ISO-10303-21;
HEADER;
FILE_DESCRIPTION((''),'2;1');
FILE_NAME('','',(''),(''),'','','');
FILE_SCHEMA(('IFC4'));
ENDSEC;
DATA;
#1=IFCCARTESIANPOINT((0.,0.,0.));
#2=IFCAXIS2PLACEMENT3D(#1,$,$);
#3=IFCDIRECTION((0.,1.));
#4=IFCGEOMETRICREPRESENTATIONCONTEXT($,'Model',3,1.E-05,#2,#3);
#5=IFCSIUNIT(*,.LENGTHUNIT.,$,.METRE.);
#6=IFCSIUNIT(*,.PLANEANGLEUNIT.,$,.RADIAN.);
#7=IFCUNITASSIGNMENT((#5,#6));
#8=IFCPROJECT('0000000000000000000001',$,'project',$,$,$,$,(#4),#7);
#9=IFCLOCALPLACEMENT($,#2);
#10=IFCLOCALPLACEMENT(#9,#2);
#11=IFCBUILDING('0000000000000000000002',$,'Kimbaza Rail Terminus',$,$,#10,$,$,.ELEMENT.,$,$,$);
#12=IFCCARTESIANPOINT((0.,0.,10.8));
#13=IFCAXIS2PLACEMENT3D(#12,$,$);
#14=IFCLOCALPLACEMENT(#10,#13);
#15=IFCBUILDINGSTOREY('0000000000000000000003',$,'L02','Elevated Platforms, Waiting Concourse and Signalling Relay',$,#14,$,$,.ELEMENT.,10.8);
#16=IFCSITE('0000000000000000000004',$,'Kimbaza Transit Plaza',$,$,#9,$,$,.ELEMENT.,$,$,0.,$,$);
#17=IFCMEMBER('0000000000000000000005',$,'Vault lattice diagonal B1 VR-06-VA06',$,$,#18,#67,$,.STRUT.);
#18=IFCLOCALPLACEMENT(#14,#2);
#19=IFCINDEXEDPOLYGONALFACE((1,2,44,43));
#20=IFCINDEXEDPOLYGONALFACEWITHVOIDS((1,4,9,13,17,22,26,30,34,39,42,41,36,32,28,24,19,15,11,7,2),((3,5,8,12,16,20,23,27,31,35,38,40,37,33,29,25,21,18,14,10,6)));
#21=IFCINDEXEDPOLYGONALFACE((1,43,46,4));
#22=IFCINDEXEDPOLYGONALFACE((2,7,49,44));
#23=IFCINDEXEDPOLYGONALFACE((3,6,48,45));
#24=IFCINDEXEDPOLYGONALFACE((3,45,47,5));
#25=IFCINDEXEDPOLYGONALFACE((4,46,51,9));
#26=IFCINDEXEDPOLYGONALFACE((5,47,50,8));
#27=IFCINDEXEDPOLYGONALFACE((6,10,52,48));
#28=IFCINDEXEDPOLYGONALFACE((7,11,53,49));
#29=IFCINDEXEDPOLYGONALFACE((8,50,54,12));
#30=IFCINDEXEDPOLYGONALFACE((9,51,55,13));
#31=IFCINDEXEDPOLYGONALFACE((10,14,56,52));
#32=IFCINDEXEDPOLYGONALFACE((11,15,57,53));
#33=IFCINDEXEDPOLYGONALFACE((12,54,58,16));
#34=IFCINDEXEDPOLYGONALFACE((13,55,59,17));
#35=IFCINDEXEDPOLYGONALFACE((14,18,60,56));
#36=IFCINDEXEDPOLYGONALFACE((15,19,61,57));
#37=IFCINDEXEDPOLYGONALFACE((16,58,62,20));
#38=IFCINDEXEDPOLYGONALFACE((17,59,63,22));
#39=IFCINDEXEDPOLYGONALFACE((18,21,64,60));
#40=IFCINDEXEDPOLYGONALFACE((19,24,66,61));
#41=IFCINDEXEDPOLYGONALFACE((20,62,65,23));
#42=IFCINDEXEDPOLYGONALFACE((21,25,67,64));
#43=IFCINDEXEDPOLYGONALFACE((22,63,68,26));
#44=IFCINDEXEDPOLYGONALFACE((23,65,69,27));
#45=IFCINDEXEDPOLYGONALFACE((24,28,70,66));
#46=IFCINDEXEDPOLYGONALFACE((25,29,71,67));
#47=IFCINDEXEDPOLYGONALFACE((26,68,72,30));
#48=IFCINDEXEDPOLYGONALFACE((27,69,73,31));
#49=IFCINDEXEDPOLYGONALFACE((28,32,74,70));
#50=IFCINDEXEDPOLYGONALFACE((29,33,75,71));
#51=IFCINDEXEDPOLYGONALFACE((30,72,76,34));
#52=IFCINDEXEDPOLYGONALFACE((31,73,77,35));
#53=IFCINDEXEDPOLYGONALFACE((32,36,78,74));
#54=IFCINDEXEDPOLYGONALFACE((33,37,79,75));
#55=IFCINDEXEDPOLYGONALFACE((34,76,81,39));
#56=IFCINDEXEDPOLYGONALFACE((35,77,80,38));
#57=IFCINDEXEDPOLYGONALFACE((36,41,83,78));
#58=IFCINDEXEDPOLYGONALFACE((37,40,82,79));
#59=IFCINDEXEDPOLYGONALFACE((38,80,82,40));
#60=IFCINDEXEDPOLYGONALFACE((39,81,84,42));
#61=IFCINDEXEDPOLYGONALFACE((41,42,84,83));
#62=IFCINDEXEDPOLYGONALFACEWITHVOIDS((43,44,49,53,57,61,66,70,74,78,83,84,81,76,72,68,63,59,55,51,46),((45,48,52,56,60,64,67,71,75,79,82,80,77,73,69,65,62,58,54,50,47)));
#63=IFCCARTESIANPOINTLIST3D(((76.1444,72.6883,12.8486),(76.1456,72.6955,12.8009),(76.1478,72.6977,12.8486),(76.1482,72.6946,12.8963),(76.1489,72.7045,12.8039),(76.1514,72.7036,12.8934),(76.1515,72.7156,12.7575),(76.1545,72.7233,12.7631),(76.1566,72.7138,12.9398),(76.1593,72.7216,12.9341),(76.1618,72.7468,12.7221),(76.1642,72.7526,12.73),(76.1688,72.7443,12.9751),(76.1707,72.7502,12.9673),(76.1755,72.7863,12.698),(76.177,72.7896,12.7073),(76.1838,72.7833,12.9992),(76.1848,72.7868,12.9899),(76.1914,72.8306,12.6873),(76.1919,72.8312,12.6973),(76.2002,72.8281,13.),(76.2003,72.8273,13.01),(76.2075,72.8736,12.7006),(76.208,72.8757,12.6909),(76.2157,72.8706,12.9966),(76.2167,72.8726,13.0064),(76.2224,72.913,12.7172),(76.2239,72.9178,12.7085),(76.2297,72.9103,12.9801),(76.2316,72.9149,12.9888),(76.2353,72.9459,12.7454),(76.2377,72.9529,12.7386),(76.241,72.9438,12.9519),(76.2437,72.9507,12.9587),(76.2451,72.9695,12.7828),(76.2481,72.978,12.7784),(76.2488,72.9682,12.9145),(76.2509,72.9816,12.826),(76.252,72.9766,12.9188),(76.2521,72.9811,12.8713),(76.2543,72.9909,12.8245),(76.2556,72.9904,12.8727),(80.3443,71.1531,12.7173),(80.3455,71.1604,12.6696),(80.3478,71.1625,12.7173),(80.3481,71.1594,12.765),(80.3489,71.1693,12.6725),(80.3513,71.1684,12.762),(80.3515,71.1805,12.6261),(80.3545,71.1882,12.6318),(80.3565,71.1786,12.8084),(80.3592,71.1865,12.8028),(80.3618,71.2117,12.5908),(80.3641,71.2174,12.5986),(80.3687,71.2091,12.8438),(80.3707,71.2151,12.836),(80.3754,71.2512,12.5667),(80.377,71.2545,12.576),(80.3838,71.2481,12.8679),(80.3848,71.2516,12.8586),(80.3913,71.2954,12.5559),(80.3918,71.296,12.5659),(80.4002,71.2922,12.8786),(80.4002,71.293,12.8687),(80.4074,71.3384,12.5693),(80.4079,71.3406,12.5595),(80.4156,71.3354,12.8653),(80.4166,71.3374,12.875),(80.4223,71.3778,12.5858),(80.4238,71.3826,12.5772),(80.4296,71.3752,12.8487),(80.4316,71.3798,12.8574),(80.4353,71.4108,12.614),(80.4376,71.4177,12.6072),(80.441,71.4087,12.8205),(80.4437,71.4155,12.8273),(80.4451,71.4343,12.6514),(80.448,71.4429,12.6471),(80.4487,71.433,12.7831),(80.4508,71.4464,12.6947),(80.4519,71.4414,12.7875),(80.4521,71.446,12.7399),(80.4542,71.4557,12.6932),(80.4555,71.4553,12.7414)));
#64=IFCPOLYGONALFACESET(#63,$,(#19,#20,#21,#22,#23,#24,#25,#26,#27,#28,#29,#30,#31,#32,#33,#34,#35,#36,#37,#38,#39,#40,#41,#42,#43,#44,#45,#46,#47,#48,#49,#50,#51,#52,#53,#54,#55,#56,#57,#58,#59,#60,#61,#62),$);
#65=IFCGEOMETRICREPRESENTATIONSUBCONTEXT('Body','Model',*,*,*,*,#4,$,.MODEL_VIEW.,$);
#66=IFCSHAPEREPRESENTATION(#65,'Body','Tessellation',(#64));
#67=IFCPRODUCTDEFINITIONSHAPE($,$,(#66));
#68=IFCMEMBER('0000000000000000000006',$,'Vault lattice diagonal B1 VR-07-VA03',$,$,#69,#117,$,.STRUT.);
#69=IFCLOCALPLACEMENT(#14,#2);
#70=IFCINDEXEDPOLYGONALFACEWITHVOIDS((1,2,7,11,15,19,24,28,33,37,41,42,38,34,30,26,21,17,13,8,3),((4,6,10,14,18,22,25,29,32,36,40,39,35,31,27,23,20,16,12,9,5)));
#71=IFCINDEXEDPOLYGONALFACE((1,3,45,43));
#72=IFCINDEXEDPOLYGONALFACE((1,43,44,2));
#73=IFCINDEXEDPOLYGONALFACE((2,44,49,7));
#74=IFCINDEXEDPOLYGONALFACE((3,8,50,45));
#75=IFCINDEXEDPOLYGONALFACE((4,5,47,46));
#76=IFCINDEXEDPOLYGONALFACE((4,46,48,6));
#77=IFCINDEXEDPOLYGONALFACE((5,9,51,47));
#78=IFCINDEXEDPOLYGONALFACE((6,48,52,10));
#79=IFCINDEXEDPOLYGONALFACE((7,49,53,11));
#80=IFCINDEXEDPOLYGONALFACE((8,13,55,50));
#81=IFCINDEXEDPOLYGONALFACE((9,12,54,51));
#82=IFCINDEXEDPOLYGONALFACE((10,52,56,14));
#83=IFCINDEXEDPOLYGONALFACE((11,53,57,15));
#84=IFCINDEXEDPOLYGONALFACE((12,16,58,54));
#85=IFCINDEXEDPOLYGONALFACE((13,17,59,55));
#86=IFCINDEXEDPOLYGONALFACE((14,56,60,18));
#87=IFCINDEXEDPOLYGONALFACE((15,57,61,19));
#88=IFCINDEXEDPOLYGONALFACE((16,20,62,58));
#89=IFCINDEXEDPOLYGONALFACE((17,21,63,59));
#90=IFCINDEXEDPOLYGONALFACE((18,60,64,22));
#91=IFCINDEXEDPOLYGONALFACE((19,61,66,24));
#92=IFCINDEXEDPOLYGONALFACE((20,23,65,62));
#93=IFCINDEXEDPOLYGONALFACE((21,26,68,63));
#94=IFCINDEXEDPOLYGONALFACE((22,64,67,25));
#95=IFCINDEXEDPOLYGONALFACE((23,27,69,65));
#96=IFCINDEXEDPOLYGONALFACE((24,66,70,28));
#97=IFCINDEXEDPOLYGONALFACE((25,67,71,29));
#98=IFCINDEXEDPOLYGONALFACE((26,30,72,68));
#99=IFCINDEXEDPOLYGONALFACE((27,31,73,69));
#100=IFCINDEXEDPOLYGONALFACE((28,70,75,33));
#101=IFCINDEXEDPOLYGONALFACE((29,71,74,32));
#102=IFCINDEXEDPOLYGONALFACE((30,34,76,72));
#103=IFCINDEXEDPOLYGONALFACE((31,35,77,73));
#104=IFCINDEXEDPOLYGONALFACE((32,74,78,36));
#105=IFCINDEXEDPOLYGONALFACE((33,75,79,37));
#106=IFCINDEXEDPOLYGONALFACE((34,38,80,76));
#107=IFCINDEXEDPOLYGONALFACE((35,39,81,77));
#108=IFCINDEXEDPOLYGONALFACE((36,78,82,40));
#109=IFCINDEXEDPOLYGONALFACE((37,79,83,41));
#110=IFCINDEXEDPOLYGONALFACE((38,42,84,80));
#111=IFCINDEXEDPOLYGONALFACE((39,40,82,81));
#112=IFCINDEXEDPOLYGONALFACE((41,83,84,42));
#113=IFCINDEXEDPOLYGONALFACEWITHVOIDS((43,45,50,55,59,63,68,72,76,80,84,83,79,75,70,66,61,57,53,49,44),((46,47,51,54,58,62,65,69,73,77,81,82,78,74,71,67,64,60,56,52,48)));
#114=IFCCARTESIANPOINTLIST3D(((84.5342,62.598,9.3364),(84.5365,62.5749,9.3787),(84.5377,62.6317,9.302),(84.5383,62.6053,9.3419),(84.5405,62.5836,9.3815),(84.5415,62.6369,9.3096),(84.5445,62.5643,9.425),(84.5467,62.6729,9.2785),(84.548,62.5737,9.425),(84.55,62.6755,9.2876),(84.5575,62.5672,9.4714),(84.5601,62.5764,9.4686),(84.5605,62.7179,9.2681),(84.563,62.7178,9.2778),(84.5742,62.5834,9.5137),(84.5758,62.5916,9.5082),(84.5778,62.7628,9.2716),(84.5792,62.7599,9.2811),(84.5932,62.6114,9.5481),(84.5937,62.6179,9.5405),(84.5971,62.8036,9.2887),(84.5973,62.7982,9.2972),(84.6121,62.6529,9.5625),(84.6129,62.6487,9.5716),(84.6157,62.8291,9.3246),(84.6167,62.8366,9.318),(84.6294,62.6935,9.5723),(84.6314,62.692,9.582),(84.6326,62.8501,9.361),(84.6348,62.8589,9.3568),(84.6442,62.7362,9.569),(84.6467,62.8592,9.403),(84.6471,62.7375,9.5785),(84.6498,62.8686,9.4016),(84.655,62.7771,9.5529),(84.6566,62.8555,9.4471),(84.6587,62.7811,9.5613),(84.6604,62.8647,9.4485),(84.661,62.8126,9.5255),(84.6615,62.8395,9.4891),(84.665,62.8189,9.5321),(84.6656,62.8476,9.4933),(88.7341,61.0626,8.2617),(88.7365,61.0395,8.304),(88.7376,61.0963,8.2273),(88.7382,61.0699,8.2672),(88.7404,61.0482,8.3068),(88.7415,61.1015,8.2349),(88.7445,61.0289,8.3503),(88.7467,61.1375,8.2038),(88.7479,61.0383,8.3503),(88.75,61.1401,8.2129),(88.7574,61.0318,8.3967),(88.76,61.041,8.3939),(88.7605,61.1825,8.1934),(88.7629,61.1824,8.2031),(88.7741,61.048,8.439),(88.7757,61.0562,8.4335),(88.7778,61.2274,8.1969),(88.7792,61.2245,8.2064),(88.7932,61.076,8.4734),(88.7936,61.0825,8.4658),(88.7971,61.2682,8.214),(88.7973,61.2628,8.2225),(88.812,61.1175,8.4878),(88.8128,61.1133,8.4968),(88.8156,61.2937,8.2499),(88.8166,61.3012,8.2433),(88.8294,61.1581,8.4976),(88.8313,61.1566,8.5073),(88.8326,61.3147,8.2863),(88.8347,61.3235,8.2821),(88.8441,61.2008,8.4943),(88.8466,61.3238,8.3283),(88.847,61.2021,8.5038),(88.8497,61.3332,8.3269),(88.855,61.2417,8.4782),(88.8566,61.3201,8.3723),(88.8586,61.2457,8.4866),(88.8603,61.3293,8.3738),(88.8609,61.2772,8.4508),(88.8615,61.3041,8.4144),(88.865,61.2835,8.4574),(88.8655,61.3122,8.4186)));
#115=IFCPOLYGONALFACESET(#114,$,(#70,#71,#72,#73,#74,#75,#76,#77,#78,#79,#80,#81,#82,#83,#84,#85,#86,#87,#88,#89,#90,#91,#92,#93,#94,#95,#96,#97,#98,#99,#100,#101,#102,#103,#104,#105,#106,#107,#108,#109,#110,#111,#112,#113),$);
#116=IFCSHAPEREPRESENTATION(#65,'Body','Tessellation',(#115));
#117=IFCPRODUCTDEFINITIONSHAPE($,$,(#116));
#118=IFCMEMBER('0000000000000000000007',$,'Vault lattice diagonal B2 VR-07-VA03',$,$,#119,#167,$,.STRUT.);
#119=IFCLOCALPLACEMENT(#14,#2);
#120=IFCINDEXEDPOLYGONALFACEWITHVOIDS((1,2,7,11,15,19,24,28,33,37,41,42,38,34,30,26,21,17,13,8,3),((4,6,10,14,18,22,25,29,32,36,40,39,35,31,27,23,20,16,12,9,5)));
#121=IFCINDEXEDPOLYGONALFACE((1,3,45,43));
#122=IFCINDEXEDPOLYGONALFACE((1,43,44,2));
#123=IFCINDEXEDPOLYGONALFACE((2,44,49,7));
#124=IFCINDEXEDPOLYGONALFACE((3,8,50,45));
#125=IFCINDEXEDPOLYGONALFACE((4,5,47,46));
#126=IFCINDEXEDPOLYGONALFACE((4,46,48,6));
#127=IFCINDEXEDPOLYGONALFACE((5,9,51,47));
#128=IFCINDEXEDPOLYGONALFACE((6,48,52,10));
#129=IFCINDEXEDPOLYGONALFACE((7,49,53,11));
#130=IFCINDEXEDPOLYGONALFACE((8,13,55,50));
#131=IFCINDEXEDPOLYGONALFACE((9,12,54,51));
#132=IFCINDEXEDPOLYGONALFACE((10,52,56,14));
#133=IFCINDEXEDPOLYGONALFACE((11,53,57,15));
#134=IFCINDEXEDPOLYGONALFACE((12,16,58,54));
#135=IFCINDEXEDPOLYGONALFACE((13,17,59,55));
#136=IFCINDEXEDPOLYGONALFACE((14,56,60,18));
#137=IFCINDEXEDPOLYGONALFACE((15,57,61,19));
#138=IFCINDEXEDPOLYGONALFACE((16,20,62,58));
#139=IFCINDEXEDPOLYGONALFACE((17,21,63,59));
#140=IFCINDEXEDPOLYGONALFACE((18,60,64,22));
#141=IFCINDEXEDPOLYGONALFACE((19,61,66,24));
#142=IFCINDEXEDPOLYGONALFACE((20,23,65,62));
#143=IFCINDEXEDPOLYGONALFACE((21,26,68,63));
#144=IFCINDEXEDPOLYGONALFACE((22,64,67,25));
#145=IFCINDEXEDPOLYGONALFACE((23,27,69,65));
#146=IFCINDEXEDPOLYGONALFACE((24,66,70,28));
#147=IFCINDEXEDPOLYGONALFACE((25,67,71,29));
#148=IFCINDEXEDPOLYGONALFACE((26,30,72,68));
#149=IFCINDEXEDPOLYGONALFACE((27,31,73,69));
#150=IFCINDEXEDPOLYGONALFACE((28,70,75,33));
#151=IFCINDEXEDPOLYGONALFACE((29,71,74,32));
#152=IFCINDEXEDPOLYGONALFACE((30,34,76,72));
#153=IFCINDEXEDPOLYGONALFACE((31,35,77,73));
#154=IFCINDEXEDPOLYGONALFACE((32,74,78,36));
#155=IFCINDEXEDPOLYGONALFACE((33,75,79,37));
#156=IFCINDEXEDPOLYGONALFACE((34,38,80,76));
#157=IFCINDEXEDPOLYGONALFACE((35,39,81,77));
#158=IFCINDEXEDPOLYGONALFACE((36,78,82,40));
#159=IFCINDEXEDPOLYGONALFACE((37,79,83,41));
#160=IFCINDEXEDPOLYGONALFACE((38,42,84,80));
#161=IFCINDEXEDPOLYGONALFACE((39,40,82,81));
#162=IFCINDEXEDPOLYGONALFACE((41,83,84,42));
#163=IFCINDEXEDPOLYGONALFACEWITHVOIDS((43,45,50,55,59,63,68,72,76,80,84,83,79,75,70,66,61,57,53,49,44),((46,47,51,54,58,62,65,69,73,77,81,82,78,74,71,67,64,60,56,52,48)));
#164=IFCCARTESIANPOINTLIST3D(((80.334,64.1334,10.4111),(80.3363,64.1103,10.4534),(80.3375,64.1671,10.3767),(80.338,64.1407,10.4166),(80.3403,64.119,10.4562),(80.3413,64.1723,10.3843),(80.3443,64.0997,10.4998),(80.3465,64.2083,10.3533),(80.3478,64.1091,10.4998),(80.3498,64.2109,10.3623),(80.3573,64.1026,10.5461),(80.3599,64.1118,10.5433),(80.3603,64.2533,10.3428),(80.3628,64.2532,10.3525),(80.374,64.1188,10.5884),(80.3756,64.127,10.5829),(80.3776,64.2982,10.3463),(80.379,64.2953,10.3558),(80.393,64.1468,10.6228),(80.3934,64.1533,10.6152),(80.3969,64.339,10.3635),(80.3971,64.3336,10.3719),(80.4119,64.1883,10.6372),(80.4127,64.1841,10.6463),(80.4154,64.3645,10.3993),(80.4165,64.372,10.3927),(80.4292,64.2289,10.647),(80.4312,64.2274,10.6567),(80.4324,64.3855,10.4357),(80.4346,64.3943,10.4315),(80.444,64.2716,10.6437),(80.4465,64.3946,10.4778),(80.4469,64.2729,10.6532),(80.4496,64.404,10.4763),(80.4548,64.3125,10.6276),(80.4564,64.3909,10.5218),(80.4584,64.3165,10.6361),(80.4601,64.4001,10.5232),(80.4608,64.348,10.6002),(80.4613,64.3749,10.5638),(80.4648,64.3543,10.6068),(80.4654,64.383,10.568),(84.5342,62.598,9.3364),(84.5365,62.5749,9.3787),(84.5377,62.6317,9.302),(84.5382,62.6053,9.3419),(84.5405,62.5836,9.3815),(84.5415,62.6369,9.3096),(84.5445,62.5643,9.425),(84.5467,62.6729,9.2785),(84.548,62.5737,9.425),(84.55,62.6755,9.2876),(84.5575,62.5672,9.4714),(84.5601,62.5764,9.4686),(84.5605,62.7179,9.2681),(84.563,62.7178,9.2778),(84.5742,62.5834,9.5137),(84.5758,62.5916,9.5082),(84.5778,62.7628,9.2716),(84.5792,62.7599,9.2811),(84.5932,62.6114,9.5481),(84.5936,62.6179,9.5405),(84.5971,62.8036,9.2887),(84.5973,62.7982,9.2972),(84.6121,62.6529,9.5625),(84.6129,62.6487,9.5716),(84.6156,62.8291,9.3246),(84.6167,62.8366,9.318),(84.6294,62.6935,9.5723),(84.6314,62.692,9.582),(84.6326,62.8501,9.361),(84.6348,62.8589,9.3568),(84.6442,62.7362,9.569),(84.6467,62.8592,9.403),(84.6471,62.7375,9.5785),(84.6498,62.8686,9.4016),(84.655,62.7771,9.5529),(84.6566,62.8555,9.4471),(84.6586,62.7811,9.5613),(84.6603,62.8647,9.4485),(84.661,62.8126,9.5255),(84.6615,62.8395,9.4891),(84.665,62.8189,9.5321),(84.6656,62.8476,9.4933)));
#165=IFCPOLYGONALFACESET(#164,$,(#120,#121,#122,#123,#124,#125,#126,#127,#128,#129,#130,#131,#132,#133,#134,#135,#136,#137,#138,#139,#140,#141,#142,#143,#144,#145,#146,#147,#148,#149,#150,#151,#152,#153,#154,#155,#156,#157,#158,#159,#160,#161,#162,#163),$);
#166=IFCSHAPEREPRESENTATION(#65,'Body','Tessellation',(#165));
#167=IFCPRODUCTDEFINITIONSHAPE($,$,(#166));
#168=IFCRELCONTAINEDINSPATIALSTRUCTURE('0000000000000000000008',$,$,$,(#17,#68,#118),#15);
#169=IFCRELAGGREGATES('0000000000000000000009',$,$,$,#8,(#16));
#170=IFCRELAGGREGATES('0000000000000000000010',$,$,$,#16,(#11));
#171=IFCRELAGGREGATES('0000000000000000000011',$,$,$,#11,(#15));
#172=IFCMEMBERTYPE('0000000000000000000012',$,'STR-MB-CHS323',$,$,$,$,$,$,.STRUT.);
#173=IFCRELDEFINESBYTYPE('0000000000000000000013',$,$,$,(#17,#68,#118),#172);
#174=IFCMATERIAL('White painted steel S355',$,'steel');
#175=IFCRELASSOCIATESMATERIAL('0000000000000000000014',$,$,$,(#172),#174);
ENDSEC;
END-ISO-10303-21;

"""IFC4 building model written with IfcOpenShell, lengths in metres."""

from ifc_helpers import new_model, si_unit, direction, frame, origin, origin_2d, place, context, subcontext, project, spatial, hollow_circle, extrude, material, material_profile, profile_set, type_object, element, save


model = new_model("IFC4")

# Units and contexts
model_context = context("Model", 3, precision=1e-05, world=origin(), true_north=direction((0.0, 1.0)))
body_context = subcontext(model_context, "Body", "Model", "MODEL_VIEW")
ifc_project = project(units=[si_unit("LENGTHUNIT", "METRE"), si_unit("PLANEANGLEUNIT", "RADIAN")], contexts=[model_context])

# Site, building, storey
site_placement = place(None, origin())
site = spatial("IfcSite", under=ifc_project, at=site_placement, Name="Kimbaza Transit Plaza", CompositionType="ELEMENT", RefElevation=0.0)
building_placement = place(site_placement, origin())
building = spatial("IfcBuilding", under=site, at=building_placement, Name="Kimbaza Rail Terminus", CompositionType="ELEMENT")
storey_placement = place(building_placement, frame((0.0, 0.0, 10.8)))
storey = spatial("IfcBuildingStorey", under=building, at=storey_placement, Name="L02", Description="Elevated Platforms, Waiting Concourse and Signalling Relay", CompositionType="ELEMENT", Elevation=10.8)

# Members
ifc_material_1 = material(Name="White painted steel S355", Category="steel")
ifc_material_profile_1 = material_profile(ifc_material_1, hollow_circle(Radius=0.1619, WallThickness=0.01, at=origin_2d()), Name="CHS 323.9x10")
ifc_profile_set_1 = profile_set([ifc_material_profile_1], Name="White painted steel S355")
member_type_1 = type_object("IfcMemberType", Name="STR-MB-CHS323", PredefinedType="STRUT", material=ifc_profile_set_1)
member_1_placement = place(storey_placement, frame((80.3999, 71.3052, 12.7173), z_axis=(-0.93882, 0.343155, 0.02936), x_axis=(-0.343303, -0.939225, 0.0)))
element("IfcMember", 1, at=member_1_placement, inside=storey, type_object=member_type_1, Name="Vault lattice diagonal B1 VR-06-VA06", PredefinedType="STRUT", context=body_context, shape_type="SweptSolid", body=[
    extrude(hollow_circle(Radius=0.1619, WallThickness=0.01, at=origin_2d()), origin(), (0.0, 0.0, 1.0), 4.4736),
])
member_2_placement = place(storey_placement, frame((88.8, 61.1809, 8.3503), z_axis=(-0.913205, 0.333845, 0.233676), x_axis=(-0.343351, -0.939207, 0.0)))
element("IfcMember", 2, at=member_2_placement, inside=storey, type_object=member_type_1, Name="Vault lattice diagonal B1 VR-07-VA03", PredefinedType="STRUT", context=body_context, shape_type="SweptSolid", body=[
    extrude(hollow_circle(Radius=0.1619, WallThickness=0.01, at=origin_2d()), origin(), (0.0, 0.0, 1.0), 4.5991),
])
member_3_placement = place(storey_placement, frame((84.6001, 62.7163, 9.425), z_axis=(-0.913213, 0.333829, 0.233665), x_axis=(-0.343334, -0.939213, 0.0)))
element("IfcMember", 3, at=member_3_placement, inside=storey, type_object=member_type_1, Name="Vault lattice diagonal B2 VR-07-VA03", PredefinedType="STRUT", context=body_context, shape_type="SweptSolid", body=[
    extrude(hollow_circle(Radius=0.1619, WallThickness=0.01, at=origin_2d()), origin(), (0.0, 0.0, 1.0), 4.5994),
])

save(model, "model.ifc")
